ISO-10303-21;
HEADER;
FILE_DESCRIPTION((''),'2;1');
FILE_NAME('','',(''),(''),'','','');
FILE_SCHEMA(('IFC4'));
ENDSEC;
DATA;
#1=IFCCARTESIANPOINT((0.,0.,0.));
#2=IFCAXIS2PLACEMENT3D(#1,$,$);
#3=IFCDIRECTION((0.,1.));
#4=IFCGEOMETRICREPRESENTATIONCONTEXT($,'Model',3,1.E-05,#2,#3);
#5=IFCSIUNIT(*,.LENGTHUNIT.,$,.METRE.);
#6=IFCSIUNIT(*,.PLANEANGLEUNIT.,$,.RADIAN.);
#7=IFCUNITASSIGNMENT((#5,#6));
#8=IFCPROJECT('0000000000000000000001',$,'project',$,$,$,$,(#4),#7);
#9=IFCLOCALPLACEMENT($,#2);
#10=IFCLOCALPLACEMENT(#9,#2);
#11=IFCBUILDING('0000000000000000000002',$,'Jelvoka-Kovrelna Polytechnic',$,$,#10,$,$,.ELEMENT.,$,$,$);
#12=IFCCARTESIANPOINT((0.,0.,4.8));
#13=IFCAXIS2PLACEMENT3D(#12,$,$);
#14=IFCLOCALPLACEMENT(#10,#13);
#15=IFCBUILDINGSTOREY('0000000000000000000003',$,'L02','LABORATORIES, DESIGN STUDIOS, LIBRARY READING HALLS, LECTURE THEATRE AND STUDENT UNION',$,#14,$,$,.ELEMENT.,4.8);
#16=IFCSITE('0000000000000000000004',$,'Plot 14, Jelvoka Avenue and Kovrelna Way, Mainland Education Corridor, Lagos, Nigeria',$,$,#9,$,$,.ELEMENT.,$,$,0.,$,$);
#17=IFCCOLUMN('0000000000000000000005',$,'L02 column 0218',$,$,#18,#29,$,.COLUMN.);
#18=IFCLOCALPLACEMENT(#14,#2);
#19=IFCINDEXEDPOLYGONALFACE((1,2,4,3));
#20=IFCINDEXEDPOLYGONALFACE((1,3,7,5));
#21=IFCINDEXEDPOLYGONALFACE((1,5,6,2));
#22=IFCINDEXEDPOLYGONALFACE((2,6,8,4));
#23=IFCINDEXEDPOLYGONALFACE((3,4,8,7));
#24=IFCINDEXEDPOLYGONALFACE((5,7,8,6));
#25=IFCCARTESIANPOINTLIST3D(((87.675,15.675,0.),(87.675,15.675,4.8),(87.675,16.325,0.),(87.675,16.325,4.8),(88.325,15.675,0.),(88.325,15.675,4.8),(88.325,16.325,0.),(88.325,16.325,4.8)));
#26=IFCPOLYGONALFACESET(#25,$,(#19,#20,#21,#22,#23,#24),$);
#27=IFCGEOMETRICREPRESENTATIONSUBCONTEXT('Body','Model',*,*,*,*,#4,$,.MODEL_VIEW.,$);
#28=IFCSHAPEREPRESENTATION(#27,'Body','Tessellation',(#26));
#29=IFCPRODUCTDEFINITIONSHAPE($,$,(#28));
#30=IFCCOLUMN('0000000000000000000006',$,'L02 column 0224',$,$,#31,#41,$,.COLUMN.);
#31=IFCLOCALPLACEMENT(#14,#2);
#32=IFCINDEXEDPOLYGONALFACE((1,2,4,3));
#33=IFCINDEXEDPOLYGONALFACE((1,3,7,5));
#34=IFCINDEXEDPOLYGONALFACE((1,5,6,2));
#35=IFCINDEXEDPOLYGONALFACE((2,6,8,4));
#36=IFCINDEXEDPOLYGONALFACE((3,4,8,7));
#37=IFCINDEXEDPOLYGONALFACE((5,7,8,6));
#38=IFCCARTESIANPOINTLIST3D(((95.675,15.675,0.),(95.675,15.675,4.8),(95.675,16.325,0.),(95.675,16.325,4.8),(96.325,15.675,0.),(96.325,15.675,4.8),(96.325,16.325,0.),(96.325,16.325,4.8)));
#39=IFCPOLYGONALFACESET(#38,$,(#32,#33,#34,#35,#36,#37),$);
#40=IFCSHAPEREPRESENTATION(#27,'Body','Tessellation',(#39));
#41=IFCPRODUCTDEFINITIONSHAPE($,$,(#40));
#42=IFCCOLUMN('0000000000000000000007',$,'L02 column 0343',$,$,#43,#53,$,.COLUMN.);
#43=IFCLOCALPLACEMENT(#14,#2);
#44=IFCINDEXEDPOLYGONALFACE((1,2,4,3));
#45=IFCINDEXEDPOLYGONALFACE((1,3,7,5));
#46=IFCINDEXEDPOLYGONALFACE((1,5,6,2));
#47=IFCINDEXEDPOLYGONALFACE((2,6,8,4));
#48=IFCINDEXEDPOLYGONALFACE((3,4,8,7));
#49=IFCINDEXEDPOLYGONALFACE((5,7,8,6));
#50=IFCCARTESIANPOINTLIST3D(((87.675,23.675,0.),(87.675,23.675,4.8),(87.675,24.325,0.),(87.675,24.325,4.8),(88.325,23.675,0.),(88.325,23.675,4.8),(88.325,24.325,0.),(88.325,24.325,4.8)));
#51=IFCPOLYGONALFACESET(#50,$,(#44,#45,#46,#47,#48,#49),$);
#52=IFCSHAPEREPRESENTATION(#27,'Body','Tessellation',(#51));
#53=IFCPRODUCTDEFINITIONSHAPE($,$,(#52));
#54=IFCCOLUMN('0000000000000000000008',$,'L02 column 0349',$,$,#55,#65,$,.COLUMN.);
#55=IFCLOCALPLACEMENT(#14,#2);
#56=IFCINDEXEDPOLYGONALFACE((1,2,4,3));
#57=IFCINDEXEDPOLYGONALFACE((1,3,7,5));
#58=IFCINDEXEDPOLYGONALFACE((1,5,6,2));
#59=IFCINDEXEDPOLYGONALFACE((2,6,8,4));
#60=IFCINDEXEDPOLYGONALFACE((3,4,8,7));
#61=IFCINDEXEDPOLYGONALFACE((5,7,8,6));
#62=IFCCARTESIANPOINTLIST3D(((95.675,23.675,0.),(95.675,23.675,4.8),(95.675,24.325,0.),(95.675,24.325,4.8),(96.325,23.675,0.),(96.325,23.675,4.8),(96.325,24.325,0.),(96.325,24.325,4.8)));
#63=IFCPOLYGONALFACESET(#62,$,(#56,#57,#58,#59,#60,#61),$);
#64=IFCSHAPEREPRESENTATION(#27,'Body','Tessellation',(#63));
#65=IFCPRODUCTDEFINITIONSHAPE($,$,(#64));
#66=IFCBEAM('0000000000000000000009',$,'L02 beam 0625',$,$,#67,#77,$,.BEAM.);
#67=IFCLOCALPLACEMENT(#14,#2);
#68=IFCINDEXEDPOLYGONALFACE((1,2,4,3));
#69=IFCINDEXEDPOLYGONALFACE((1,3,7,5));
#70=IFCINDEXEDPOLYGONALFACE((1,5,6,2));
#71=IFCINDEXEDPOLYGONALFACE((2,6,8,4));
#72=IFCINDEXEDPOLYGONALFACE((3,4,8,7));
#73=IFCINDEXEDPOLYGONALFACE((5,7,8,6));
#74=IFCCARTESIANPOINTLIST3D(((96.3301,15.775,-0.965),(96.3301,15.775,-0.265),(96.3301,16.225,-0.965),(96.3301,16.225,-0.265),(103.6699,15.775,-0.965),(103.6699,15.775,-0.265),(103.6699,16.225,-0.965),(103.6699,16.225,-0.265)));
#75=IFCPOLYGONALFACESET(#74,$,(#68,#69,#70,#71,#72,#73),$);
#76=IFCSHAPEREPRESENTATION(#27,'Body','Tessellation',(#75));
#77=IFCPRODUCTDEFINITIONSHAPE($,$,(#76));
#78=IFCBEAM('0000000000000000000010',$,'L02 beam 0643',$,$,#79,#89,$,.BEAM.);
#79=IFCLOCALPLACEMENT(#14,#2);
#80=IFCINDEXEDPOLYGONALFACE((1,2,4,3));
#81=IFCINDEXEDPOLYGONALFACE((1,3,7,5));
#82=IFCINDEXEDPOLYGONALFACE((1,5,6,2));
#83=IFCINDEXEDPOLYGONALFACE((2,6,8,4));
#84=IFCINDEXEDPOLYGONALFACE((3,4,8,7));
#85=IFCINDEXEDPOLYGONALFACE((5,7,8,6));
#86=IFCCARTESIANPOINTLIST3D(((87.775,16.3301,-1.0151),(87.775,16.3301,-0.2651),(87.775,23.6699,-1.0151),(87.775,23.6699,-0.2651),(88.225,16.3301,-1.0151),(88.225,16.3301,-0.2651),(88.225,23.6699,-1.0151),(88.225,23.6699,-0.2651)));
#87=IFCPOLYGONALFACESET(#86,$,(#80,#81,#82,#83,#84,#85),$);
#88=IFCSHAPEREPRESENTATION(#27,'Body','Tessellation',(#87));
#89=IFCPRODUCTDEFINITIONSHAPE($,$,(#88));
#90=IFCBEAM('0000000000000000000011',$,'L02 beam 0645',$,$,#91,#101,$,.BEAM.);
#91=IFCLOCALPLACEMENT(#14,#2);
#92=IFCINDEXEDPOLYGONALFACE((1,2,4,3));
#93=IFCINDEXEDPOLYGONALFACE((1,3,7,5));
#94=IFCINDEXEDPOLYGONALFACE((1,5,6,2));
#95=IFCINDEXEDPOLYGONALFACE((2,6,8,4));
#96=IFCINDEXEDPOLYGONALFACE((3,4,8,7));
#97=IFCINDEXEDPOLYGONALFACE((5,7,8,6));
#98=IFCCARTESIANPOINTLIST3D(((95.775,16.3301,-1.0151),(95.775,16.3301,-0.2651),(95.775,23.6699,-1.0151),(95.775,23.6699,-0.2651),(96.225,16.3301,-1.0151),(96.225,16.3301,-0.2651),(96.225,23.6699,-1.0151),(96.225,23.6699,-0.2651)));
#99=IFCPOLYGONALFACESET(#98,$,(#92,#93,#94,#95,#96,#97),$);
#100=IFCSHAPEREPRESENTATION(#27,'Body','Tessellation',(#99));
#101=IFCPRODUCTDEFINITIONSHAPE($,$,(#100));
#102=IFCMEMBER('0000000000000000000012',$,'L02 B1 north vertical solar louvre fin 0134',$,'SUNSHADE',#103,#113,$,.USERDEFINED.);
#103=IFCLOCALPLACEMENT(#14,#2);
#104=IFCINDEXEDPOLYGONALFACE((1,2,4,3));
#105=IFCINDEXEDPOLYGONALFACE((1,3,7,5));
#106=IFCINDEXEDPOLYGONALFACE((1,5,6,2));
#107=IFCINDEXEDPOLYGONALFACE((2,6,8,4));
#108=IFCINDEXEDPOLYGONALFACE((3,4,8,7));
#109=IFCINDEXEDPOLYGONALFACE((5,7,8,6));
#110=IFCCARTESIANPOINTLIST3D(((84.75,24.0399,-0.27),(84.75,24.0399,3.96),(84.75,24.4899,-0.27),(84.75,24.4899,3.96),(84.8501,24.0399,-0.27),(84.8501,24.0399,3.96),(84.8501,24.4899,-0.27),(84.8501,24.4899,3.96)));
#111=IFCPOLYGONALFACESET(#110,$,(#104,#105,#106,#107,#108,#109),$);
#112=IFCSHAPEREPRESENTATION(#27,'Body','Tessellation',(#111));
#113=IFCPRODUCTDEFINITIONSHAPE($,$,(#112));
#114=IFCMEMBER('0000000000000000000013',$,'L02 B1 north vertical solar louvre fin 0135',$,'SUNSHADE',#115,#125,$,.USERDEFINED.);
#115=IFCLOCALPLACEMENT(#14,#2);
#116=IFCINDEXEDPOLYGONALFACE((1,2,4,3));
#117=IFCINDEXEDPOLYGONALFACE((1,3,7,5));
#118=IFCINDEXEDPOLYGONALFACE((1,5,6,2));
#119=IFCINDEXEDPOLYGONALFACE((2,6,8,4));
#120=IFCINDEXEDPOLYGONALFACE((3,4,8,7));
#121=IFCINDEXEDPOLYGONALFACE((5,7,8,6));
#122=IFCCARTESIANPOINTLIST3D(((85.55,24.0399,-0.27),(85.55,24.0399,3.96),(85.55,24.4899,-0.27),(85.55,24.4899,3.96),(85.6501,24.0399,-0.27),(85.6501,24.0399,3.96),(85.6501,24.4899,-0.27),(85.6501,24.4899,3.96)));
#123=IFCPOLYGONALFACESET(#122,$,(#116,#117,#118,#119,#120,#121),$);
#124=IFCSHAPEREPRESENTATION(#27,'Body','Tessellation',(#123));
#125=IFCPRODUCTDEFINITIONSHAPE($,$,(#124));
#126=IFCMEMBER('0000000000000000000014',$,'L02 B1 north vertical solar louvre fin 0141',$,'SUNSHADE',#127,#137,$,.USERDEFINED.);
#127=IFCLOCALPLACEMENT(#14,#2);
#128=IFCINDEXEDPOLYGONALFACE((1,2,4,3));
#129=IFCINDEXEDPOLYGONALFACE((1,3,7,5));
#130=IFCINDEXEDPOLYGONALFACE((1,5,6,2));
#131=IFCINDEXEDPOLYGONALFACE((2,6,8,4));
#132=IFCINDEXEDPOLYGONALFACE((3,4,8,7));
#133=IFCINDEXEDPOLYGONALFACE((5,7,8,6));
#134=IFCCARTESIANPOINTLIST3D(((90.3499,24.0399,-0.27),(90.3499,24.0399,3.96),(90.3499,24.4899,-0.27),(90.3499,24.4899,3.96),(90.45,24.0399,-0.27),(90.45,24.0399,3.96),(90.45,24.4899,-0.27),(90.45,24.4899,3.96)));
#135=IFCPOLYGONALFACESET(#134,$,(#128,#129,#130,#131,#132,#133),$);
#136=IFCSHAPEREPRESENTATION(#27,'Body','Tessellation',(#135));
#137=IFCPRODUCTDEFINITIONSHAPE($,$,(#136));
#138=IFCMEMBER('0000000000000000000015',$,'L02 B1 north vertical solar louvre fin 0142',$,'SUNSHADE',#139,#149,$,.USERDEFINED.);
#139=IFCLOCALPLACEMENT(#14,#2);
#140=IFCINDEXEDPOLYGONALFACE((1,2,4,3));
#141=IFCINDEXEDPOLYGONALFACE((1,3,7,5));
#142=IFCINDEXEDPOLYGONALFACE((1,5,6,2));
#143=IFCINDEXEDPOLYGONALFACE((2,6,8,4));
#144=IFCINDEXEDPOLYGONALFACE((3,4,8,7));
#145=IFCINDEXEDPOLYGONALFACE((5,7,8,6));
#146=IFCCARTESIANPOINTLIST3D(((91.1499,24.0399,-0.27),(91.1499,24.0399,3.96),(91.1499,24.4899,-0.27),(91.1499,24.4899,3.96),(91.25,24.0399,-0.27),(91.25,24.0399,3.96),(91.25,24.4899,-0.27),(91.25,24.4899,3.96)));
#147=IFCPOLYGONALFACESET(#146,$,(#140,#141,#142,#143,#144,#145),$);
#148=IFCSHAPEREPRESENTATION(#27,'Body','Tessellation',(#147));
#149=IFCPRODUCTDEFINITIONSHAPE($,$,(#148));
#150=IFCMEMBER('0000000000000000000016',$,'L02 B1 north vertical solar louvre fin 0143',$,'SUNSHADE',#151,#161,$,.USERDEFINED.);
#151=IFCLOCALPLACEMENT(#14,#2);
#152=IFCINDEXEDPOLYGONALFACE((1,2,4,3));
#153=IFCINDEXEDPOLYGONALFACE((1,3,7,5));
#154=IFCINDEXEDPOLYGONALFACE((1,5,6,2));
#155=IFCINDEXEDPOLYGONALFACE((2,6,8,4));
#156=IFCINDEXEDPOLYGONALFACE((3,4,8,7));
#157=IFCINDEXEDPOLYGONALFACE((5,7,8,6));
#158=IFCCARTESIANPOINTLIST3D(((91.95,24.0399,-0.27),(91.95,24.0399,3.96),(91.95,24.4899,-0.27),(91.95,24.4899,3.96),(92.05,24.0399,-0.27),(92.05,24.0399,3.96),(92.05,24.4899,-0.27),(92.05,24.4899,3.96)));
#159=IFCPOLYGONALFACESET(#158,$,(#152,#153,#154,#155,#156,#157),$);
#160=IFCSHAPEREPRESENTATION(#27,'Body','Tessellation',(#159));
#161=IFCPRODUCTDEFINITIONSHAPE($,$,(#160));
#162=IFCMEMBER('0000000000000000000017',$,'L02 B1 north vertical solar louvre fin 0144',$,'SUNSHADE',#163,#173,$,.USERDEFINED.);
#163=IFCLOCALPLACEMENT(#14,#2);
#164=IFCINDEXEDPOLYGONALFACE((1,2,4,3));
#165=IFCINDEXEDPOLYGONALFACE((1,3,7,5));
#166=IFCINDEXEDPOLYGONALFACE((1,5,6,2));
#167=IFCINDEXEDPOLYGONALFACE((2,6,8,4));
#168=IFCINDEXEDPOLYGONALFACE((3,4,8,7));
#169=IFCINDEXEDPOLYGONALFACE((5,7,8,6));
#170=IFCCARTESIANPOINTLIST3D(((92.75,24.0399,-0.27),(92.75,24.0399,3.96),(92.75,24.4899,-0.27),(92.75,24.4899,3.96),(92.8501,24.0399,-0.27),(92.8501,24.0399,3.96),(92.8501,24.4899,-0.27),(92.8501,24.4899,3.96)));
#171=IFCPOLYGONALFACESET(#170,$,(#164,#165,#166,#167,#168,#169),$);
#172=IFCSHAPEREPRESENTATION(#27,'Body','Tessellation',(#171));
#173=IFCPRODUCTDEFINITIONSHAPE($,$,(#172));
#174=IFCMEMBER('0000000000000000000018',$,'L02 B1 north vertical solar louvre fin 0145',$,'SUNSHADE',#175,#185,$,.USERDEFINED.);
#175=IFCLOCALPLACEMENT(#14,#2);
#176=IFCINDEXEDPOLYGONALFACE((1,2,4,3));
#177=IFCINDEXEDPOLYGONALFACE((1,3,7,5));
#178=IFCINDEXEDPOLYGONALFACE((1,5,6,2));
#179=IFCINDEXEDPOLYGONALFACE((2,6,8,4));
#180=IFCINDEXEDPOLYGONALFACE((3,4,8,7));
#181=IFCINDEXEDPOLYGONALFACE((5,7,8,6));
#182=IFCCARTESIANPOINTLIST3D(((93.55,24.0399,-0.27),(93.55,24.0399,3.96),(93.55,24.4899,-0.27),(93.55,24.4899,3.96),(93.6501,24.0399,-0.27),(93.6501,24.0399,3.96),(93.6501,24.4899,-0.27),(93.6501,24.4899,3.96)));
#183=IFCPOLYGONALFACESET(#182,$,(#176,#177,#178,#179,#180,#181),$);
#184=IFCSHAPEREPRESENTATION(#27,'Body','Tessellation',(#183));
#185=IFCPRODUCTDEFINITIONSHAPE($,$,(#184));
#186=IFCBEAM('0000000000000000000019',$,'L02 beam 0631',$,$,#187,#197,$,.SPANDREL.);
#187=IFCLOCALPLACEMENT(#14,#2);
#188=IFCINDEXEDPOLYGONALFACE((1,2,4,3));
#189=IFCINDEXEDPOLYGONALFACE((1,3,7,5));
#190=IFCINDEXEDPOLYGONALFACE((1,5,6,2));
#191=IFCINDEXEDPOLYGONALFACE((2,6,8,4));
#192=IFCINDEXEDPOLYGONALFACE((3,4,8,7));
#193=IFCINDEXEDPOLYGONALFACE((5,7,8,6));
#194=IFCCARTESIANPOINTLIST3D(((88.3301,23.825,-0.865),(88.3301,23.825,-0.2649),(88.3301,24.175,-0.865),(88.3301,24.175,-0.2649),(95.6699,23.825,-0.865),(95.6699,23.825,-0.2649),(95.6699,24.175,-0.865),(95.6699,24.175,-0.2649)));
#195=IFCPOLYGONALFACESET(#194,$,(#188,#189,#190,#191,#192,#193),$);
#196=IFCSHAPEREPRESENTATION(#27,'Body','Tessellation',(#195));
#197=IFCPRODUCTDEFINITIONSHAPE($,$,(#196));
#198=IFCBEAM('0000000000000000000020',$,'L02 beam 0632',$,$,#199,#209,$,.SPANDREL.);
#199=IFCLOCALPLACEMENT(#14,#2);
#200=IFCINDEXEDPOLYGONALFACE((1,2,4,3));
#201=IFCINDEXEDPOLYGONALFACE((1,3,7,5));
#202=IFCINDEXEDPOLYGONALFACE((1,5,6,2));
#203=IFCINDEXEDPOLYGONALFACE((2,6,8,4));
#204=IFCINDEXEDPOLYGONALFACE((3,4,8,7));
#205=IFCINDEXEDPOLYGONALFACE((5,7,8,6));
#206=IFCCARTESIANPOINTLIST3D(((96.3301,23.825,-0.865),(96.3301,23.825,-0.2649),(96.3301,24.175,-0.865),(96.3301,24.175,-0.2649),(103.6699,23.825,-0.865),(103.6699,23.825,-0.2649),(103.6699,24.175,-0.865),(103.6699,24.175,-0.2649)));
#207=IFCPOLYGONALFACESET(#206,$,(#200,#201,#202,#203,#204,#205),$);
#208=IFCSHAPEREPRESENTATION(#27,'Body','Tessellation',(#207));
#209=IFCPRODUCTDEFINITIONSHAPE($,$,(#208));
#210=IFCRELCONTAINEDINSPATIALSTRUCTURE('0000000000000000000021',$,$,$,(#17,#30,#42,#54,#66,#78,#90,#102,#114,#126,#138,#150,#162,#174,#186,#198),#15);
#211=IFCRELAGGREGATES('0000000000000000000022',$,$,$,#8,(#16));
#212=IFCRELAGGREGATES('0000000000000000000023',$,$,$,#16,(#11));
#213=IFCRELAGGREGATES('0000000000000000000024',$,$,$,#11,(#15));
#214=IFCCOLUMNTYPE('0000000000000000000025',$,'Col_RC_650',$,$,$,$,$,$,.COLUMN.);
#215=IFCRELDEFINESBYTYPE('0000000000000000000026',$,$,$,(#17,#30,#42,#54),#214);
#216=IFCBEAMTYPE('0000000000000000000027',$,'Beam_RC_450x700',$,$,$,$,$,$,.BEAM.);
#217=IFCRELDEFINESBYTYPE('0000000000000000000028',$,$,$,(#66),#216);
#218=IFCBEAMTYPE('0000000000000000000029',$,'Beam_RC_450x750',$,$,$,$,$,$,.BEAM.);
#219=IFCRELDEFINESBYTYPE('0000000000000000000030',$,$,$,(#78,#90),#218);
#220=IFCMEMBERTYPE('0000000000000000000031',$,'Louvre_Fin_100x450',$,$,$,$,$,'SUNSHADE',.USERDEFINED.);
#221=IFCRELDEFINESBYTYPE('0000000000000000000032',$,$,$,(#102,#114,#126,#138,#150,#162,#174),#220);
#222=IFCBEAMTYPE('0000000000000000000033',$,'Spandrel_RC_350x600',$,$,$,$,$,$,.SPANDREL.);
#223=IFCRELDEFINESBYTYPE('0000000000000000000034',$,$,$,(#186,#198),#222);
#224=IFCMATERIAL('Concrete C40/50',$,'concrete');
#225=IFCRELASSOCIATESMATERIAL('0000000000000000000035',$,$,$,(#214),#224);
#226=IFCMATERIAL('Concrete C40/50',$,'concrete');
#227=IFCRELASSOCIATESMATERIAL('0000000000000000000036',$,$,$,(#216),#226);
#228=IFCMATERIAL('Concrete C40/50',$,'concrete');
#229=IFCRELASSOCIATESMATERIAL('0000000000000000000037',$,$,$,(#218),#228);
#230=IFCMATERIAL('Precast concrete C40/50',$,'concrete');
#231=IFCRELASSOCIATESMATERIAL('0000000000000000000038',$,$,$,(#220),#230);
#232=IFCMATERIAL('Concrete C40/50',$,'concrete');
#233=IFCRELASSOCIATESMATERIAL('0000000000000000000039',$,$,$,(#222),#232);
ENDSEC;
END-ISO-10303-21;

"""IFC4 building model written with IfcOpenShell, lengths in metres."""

from ifc_helpers import new_model, si_unit, direction, frame, origin, origin_2d, place, context, subcontext, project, spatial, rectangle, extrude, material, material_profile, profile_set, type_object, element, save


model = new_model("IFC4")

# Units and contexts
model_context = context("Model", 3, precision=1e-05, world=origin(), true_north=direction((0.0, 1.0)))
body_context = subcontext(model_context, "Body", "Model", "MODEL_VIEW")
ifc_project = project(units=[si_unit("LENGTHUNIT", "METRE"), si_unit("PLANEANGLEUNIT", "RADIAN")], contexts=[model_context])

# Site, building, storey
site_placement = place(None, origin())
site = spatial("IfcSite", under=ifc_project, at=site_placement, Name="Plot 14, Jelvoka Avenue and Kovrelna Way, Mainland Education Corridor, Lagos, Nigeria", CompositionType="ELEMENT", RefElevation=0.0)
building_placement = place(site_placement, origin())
building = spatial("IfcBuilding", under=site, at=building_placement, Name="Jelvoka-Kovrelna Polytechnic", CompositionType="ELEMENT")
storey_placement = place(building_placement, frame((0.0, 0.0, 4.8)))
storey = spatial("IfcBuildingStorey", under=building, at=storey_placement, Name="L02", Description="LABORATORIES, DESIGN STUDIOS, LIBRARY READING HALLS, LECTURE THEATRE AND STUDENT UNION", CompositionType="ELEMENT", Elevation=4.8)

# Columns
ifc_material_1 = material(Name="Concrete C40/50", Category="concrete")
ifc_material_profile_1 = material_profile(ifc_material_1, rectangle(XDim=0.6499, YDim=0.6499, at=origin_2d()), Name="RC 650x650")
ifc_profile_set_1 = profile_set([ifc_material_profile_1], Name="Concrete C40/50")
column_type = type_object("IfcColumnType", Name="Col_RC_650", PredefinedType="COLUMN", material=ifc_profile_set_1)
for number, where, z_axis, x_axis, name in (
    (1, (88.0, 16.0, 0.0), (0.0, 0.0, 1.0), (1.0, 0.0, 0.0), "L02 column 0218"),
    (2, (96.0, 16.0, 0.0), (0.0, 0.0, 1.0), (1.0, 0.0, 0.0), "L02 column 0224"),
    (3, (88.0, 24.0, 0.0), (0.0, 0.0, 1.0), (1.0, 0.0, 0.0), "L02 column 0343"),
    (4, (96.0, 24.0, 0.0), (0.0, 0.0, 1.0), (1.0, 0.0, 0.0), "L02 column 0349"),
):
    element("IfcColumn", number, at=place(storey_placement, frame(where, z_axis=z_axis, x_axis=x_axis)), inside=storey, type_object=column_type, Name=name, PredefinedType="COLUMN", context=body_context, shape_type="SweptSolid", body=[
        extrude(rectangle(XDim=0.6499, YDim=0.6499, at=origin_2d()), origin(), (0.0, 0.0, 1.0), 4.8),
    ])

# Beams
ifc_material_2 = material(Name="Concrete C40/50", Category="concrete")
ifc_material_profile_2 = material_profile(ifc_material_2, rectangle(XDim=0.45, YDim=0.7, at=origin_2d()), Name="RC 450x700")
ifc_profile_set_2 = profile_set([ifc_material_profile_2], Name="Concrete C40/50")
beam_type_1 = type_object("IfcBeamType", Name="Beam_RC_450x700", PredefinedType="BEAM", material=ifc_profile_set_2)
beam_placement = place(storey_placement, frame((96.3301, 16.0, -0.615), z_axis=(1.0, 0.0, 0.0), x_axis=(0.0, 1.0, 0.0)))
element("IfcBeam", 5, at=beam_placement, inside=storey, type_object=beam_type_1, Name="L02 beam 0625", PredefinedType="BEAM", context=body_context, shape_type="SweptSolid", body=[
    extrude(rectangle(XDim=0.45, YDim=0.7, at=origin_2d()), origin(), (0.0, 0.0, 1.0), 7.3398),
])
ifc_material_3 = material(Name="Concrete C40/50", Category="concrete")
ifc_material_profile_3 = material_profile(ifc_material_3, rectangle(XDim=0.45, YDim=0.75, at=origin_2d()), Name="RC 450x750")
ifc_profile_set_3 = profile_set([ifc_material_profile_3], Name="Concrete C40/50")
beam_type_2 = type_object("IfcBeamType", Name="Beam_RC_450x750", PredefinedType="BEAM", material=ifc_profile_set_3)
for number, where, z_axis, x_axis, name in (
    (6, (88.0, 16.3301, -0.6401), (0.0, 1.0, 0.0), (-1.0, 0.0, 0.0), "L02 beam 0643"),
    (7, (96.0, 16.3301, -0.6401), (0.0, 1.0, 0.0), (-1.0, 0.0, 0.0), "L02 beam 0645"),
):
    element("IfcBeam", number, at=place(storey_placement, frame(where, z_axis=z_axis, x_axis=x_axis)), inside=storey, type_object=beam_type_2, Name=name, PredefinedType="BEAM", context=body_context, shape_type="SweptSolid", body=[
        extrude(rectangle(XDim=0.45, YDim=0.75, at=origin_2d()), origin(), (0.0, 0.0, 1.0), 7.3398),
    ])

# Members
ifc_material_4 = material(Name="Precast concrete C40/50", Category="concrete")
ifc_material_profile_4 = material_profile(ifc_material_4, rectangle(XDim=0.1001, YDim=0.45, at=origin_2d()), Name="PC 100x450")
ifc_profile_set_4 = profile_set([ifc_material_profile_4], Name="Precast concrete C40/50")
member_type = type_object("IfcMemberType", Name="Louvre_Fin_100x450", ElementType="SUNSHADE", PredefinedType="USERDEFINED", material=ifc_profile_set_4)
for number, where, z_axis, x_axis, name in (
    (8, (84.8, 24.2649, -0.27), (0.0, 0.0, 1.0), (1.0, 0.0, 0.0), "L02 B1 north vertical solar louvre fin 0134"),
    (9, (85.6001, 24.2649, -0.27), (0.0, 0.0, 1.0), (1.0, 0.0, 0.0), "L02 B1 north vertical solar louvre fin 0135"),
    (10, (90.3999, 24.2649, -0.27), (0.0, 0.0, 1.0), (1.0, 0.0, 0.0), "L02 B1 north vertical solar louvre fin 0141"),
    (11, (91.2, 24.2649, -0.27), (0.0, 0.0, 1.0), (1.0, 0.0, 0.0), "L02 B1 north vertical solar louvre fin 0142"),
    (12, (92.0, 24.2649, -0.27), (0.0, 0.0, 1.0), (1.0, 0.0, 0.0), "L02 B1 north vertical solar louvre fin 0143"),
    (13, (92.8, 24.2649, -0.27), (0.0, 0.0, 1.0), (1.0, 0.0, 0.0), "L02 B1 north vertical solar louvre fin 0144"),
    (14, (93.6001, 24.2649, -0.27), (0.0, 0.0, 1.0), (1.0, 0.0, 0.0), "L02 B1 north vertical solar louvre fin 0145"),
):
    element("IfcMember", number, at=place(storey_placement, frame(where, z_axis=z_axis, x_axis=x_axis)), inside=storey, type_object=member_type, Name=name, ObjectType="SUNSHADE", PredefinedType="USERDEFINED", context=body_context, shape_type="SweptSolid", body=[
        extrude(rectangle(XDim=0.1001, YDim=0.45, at=origin_2d()), origin(), (0.0, 0.0, 1.0), 4.23),
    ])

# Beams
ifc_material_5 = material(Name="Concrete C40/50", Category="concrete")
ifc_material_profile_5 = material_profile(ifc_material_5, rectangle(XDim=0.3501, YDim=0.6001, at=origin_2d()), Name="RC 350x600")
ifc_profile_set_5 = profile_set([ifc_material_profile_5], Name="Concrete C40/50")
beam_type_3 = type_object("IfcBeamType", Name="Spandrel_RC_350x600", PredefinedType="SPANDREL", material=ifc_profile_set_5)
for number, where, z_axis, x_axis, name in (
    (15, (88.3301, 24.0, -0.5649), (1.0, 0.0, 0.0), (0.0, 1.0, 0.0), "L02 beam 0631"),
    (16, (96.3301, 24.0, -0.5649), (1.0, 0.0, 0.0), (0.0, 1.0, 0.0), "L02 beam 0632"),
):
    element("IfcBeam", number, at=place(storey_placement, frame(where, z_axis=z_axis, x_axis=x_axis)), inside=storey, type_object=beam_type_3, Name=name, PredefinedType="SPANDREL", context=body_context, shape_type="SweptSolid", body=[
        extrude(rectangle(XDim=0.3501, YDim=0.6001, at=origin_2d()), origin(), (0.0, 0.0, 1.0), 7.3398),
    ])

save(model, "model.ifc")
